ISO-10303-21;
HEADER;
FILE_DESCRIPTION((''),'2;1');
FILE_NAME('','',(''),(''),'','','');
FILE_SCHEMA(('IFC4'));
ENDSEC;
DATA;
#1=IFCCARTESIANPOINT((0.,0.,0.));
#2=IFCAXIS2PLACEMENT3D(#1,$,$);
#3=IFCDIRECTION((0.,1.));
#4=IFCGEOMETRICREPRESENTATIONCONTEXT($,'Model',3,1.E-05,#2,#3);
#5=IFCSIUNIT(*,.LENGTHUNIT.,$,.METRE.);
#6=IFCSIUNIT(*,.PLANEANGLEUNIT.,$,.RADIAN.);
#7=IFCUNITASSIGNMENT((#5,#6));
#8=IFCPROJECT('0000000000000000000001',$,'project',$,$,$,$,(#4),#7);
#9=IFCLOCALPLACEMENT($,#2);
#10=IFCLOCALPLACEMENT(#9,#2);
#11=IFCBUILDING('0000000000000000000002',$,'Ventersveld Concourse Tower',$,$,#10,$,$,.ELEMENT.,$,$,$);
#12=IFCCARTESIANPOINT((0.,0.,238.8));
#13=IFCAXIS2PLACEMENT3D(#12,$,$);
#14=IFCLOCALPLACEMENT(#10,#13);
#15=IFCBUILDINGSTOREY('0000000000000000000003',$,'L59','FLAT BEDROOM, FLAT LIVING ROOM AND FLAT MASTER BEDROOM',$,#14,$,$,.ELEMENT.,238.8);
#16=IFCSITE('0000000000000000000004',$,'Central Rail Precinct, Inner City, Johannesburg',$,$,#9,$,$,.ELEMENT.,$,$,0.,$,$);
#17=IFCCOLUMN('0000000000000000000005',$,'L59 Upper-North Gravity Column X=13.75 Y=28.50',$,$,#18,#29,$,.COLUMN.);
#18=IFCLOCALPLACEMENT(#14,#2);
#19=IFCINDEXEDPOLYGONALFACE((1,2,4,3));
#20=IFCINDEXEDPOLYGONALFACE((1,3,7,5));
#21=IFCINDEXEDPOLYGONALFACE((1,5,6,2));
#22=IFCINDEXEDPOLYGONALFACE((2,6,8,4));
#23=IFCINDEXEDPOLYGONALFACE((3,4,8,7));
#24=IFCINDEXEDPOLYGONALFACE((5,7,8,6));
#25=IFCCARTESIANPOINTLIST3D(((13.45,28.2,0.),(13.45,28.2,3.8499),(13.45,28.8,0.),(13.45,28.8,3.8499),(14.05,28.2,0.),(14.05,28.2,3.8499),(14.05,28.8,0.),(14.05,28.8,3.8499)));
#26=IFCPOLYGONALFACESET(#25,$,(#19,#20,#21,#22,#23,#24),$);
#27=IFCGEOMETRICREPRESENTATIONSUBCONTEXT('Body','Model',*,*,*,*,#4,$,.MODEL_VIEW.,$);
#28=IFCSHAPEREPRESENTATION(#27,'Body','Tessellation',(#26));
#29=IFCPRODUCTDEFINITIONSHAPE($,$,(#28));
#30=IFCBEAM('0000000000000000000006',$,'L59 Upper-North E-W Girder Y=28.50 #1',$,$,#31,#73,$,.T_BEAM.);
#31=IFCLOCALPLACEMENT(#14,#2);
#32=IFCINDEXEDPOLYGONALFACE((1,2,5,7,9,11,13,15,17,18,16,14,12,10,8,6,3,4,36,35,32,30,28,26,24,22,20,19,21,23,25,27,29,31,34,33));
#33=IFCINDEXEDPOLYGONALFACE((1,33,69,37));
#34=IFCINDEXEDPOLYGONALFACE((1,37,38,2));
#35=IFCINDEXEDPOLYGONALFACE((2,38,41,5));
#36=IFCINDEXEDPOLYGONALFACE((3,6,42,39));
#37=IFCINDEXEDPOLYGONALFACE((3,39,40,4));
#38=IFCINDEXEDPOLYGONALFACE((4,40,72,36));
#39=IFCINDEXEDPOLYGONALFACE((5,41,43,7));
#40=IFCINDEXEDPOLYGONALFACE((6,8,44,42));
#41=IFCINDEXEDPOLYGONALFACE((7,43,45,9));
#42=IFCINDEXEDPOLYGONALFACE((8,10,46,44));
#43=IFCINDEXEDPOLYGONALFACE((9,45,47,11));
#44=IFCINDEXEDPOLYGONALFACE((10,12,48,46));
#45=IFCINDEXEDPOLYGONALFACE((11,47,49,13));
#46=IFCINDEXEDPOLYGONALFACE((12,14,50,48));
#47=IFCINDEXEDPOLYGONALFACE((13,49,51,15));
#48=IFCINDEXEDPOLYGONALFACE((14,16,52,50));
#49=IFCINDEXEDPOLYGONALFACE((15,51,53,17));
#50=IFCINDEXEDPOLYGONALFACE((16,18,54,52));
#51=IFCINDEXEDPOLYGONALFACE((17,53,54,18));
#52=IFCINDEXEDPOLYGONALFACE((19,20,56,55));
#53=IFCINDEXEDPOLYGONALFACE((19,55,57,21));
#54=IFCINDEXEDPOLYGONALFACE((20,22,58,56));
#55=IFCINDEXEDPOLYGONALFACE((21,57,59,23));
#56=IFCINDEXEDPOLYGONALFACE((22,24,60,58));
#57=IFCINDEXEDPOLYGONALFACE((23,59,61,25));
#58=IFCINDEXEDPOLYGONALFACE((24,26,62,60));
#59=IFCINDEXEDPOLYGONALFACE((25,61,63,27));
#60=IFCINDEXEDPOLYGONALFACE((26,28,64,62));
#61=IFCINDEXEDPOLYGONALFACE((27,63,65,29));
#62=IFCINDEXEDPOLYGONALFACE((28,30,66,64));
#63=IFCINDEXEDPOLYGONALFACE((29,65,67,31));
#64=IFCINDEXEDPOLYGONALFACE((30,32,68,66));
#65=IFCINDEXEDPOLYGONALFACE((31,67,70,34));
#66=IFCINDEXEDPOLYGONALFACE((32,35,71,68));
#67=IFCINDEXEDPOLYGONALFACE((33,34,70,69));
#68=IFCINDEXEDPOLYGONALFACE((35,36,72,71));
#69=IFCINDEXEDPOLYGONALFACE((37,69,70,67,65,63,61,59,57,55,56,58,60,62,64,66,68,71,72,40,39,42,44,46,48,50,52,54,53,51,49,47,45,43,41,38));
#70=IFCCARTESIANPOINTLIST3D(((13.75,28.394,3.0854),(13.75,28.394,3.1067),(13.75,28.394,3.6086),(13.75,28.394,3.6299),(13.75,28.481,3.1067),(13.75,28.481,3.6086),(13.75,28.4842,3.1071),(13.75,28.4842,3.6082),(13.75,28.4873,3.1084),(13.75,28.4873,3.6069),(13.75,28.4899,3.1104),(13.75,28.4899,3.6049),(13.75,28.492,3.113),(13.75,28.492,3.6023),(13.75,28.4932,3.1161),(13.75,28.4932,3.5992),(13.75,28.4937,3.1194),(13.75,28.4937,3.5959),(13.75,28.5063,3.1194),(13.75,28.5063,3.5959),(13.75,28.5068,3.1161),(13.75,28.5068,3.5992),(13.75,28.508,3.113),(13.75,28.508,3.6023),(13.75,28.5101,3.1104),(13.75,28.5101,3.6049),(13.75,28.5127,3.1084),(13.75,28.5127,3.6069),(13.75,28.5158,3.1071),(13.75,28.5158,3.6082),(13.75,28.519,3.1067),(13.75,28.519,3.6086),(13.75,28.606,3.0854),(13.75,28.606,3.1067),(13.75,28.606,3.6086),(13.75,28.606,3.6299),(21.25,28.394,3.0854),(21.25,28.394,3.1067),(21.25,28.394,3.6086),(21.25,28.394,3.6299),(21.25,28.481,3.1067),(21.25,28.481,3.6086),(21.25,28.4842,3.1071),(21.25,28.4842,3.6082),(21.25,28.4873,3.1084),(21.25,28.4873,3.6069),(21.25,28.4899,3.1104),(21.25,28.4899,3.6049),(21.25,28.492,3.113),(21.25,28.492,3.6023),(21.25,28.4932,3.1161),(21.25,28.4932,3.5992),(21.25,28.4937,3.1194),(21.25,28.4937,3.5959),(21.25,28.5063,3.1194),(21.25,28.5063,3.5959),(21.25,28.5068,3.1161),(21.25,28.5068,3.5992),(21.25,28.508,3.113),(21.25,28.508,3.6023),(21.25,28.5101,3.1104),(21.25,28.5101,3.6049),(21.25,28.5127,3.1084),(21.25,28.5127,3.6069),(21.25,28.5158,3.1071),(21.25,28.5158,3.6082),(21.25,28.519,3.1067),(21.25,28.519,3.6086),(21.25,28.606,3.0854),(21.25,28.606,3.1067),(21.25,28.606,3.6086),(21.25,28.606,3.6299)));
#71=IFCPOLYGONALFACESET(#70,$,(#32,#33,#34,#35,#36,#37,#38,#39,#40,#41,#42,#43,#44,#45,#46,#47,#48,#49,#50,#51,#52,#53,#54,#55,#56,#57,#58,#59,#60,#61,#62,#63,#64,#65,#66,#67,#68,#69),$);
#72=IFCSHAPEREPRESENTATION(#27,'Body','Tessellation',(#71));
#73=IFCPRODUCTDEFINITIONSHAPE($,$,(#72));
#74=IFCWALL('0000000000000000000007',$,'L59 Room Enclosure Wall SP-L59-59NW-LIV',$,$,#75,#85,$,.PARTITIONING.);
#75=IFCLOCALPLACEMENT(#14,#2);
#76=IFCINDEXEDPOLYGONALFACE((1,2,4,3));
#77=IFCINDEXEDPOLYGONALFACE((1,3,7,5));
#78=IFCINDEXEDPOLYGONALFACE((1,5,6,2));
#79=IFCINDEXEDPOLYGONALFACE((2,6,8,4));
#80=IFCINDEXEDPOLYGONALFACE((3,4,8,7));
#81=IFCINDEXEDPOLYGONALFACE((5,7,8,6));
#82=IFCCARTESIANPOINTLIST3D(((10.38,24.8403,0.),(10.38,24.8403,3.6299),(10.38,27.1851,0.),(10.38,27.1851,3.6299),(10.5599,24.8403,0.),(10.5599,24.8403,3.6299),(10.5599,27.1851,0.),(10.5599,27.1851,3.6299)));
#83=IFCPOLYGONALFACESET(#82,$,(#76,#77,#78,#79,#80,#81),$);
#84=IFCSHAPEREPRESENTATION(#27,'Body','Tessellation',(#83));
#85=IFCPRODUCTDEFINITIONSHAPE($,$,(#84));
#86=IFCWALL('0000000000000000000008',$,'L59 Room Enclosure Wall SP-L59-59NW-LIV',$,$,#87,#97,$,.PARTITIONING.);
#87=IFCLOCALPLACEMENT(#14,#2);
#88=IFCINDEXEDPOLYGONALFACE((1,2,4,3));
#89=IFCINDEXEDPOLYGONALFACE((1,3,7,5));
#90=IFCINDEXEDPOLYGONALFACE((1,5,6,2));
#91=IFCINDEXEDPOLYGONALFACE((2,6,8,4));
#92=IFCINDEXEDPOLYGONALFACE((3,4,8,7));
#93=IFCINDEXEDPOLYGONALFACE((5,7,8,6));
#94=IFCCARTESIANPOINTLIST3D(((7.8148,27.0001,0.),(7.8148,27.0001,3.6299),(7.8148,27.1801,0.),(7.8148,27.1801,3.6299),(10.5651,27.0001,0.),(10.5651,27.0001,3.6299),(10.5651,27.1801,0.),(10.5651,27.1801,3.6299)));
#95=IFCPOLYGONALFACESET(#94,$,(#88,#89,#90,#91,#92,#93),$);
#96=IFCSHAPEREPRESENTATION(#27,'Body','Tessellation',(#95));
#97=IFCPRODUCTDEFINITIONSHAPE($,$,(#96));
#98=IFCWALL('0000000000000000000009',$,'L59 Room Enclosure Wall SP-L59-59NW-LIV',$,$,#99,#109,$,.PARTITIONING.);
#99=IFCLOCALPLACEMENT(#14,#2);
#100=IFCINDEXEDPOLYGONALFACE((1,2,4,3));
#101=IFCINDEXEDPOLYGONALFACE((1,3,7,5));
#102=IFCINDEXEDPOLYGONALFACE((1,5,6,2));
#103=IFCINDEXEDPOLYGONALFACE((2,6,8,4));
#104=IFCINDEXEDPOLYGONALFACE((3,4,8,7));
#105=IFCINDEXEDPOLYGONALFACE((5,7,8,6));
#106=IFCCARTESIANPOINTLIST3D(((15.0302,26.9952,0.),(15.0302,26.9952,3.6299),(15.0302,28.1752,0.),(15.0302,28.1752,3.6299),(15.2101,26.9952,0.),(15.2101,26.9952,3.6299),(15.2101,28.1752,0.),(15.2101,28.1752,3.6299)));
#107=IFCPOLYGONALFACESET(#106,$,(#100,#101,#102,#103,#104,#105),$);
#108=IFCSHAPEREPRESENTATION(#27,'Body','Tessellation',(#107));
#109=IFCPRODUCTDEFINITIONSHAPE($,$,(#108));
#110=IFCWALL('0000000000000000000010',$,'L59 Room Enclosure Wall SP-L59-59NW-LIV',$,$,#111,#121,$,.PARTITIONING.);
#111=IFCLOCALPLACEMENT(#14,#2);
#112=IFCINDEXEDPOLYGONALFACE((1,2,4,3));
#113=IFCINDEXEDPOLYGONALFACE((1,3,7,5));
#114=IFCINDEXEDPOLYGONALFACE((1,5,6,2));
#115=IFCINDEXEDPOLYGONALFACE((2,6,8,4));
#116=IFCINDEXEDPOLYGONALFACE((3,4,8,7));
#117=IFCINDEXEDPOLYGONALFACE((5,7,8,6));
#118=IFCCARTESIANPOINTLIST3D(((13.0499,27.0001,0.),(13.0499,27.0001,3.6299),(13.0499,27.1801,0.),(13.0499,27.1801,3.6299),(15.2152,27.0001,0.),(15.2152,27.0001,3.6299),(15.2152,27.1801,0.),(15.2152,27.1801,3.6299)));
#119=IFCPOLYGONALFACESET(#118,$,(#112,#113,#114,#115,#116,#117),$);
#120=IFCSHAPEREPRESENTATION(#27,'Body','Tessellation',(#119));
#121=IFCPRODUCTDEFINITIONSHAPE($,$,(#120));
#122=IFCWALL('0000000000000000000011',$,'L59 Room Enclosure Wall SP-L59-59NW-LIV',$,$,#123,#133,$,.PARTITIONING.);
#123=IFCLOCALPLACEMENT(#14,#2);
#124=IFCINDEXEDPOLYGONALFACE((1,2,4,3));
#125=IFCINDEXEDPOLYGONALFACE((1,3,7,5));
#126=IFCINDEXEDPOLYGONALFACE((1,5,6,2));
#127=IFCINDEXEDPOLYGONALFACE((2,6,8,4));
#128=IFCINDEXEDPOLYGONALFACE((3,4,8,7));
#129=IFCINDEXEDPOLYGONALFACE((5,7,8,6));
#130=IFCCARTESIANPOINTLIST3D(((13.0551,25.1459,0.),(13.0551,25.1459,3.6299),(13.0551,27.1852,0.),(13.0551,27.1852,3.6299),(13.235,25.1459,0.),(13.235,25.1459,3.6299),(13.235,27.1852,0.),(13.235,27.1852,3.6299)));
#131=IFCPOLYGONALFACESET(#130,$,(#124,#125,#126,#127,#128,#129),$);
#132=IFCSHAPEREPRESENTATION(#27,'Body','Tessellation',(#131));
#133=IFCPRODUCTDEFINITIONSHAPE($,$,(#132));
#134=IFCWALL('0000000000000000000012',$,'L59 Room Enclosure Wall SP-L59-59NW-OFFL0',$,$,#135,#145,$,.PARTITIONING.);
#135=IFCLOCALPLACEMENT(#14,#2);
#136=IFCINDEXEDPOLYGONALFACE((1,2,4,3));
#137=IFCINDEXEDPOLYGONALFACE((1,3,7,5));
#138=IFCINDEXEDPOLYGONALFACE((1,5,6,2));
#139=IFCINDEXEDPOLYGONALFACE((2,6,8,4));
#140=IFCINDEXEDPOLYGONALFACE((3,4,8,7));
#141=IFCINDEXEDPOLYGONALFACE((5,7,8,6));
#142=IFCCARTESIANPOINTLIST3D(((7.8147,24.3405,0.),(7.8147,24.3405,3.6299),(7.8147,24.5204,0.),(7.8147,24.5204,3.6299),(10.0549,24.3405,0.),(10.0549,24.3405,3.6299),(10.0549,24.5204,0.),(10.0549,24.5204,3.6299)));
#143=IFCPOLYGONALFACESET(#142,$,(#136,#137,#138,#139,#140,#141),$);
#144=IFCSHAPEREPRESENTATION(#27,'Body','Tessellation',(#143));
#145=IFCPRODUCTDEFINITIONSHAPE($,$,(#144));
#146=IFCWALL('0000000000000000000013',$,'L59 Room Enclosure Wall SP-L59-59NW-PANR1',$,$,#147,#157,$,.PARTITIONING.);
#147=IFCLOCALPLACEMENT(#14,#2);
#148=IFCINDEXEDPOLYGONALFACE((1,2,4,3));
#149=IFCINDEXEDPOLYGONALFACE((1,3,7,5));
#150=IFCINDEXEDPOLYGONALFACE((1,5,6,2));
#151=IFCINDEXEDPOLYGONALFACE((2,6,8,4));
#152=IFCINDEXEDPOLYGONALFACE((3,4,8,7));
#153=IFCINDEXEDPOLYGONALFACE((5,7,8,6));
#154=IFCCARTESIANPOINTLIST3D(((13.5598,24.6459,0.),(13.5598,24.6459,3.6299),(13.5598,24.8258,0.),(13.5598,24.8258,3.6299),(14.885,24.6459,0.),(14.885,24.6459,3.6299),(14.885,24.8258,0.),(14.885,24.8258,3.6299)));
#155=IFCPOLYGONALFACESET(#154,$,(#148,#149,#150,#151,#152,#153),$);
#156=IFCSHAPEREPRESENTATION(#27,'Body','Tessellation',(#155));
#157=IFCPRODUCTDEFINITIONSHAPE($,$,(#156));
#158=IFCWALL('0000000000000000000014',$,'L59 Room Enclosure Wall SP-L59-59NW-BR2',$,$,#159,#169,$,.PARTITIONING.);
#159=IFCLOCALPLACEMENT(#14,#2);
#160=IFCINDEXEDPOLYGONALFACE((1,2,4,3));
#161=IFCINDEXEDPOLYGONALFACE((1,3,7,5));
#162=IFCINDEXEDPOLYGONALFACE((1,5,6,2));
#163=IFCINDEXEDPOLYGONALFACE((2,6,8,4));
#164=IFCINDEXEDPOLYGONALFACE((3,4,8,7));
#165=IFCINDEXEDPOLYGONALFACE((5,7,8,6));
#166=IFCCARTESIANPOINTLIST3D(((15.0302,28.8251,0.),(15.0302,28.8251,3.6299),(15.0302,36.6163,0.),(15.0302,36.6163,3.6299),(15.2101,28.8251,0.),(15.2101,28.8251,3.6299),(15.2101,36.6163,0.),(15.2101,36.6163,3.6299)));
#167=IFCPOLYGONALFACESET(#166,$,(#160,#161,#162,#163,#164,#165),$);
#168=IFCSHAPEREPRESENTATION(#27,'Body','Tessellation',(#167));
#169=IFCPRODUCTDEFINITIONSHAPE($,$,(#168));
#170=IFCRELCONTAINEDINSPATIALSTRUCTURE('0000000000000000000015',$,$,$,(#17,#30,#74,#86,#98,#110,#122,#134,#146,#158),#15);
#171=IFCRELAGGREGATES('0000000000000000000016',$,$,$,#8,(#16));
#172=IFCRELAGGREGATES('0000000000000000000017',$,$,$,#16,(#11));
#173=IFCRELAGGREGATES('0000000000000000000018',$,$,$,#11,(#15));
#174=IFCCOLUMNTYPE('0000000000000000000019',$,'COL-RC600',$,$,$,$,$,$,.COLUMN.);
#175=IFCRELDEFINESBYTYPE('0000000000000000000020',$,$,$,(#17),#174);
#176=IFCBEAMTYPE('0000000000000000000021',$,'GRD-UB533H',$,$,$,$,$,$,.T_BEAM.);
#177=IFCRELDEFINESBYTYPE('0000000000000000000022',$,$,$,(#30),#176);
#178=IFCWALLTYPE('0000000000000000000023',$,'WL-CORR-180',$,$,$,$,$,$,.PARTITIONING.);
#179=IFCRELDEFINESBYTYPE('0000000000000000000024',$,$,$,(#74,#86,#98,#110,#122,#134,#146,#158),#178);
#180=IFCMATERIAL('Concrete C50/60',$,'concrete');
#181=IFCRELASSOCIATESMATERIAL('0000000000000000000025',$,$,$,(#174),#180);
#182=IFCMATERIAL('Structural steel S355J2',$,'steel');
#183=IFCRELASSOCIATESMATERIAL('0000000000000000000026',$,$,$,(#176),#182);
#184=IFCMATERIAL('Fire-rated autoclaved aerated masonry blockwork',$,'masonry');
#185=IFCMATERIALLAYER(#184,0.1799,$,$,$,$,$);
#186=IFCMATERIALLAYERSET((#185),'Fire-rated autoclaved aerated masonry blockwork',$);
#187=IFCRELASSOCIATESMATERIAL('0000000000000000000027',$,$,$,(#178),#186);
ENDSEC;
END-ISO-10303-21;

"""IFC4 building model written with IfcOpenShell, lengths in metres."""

from ifc_helpers import new_model, si_unit, direction, frame, frame_2d, origin, origin_2d, place, context, subcontext, project, spatial, rectangle, i_section, extrude, material, layer, layer_set, material_profile, profile_set, type_object, element, save


model = new_model("IFC4")

# Units and contexts
model_context = context("Model", 3, precision=1e-05, world=origin(), true_north=direction((0.0, 1.0)))
body_context = subcontext(model_context, "Body", "Model", "MODEL_VIEW")
ifc_project = project(units=[si_unit("LENGTHUNIT", "METRE"), si_unit("PLANEANGLEUNIT", "RADIAN")], contexts=[model_context])

# Site, building, storey
site_placement = place(None, origin())
site = spatial("IfcSite", under=ifc_project, at=site_placement, Name="Central Rail Precinct, Inner City, Johannesburg", CompositionType="ELEMENT", RefElevation=0.0)
building_placement = place(site_placement, origin())
building = spatial("IfcBuilding", under=site, at=building_placement, Name="Ventersveld Concourse Tower", CompositionType="ELEMENT")
storey_placement = place(building_placement, frame((0.0, 0.0, 238.8)))
storey = spatial("IfcBuildingStorey", under=building, at=storey_placement, Name="L59", Description="FLAT BEDROOM, FLAT LIVING ROOM AND FLAT MASTER BEDROOM", CompositionType="ELEMENT", Elevation=238.8)

# Column
ifc_material_1 = material(Name="Concrete C50/60", Category="concrete")
ifc_material_profile_1 = material_profile(ifc_material_1, rectangle(XDim=0.6001, YDim=0.6001, at=origin_2d()), Name="RC 600x600")
ifc_profile_set_1 = profile_set([ifc_material_profile_1], Name="Concrete C50/60")
column_type = type_object("IfcColumnType", Name="COL-RC600", PredefinedType="COLUMN", material=ifc_profile_set_1)
column_placement = place(storey_placement, frame((13.75, 28.5, 0.0), z_axis=(0.0, 0.0, 1.0), x_axis=(1.0, 0.0, 0.0)))
element("IfcColumn", 1, at=column_placement, inside=storey, type_object=column_type, Name="L59 Upper-North Gravity Column X=13.75 Y=28.50", PredefinedType="COLUMN", context=body_context, shape_type="SweptSolid", body=[
    extrude(rectangle(XDim=0.6001, YDim=0.6001, at=origin_2d()), origin(), (0.0, 0.0, 1.0), 3.8499),
])

# Beam
ifc_material_2 = material(Name="Structural steel S355J2", Category="steel")
ifc_material_profile_2 = material_profile(ifc_material_2, i_section(OverallWidth=0.2119, OverallDepth=0.5444, WebThickness=0.0127, FlangeThickness=0.0212, FilletRadius=0.0127, at=origin_2d()), Name="UB 533x210x122")
ifc_profile_set_2 = profile_set([ifc_material_profile_2], Name="Structural steel S355J2")
beam_type = type_object("IfcBeamType", Name="GRD-UB533H", PredefinedType="T_BEAM", material=ifc_profile_set_2)
beam_placement = place(storey_placement, frame((13.75, 28.5, 3.3577), z_axis=(1.0, 0.0, 0.0), x_axis=(0.0, 1.0, 0.0)))
element("IfcBeam", 2, at=beam_placement, inside=storey, type_object=beam_type, Name="L59 Upper-North E-W Girder Y=28.50 #1", PredefinedType="T_BEAM", context=body_context, shape_type="SweptSolid", body=[
    extrude(i_section(OverallWidth=0.2119, OverallDepth=0.5444, WebThickness=0.0127, FlangeThickness=0.0212, FilletRadius=0.0127, at=origin_2d()), origin(), (0.0, 0.0, 1.0), 7.5),
])

# Walls
ifc_material_3 = material(Name="Fire-rated autoclaved aerated masonry blockwork", Category="masonry")
ifc_layer_1 = layer(ifc_material_3, 0.1799)
ifc_layer_set_1 = layer_set([ifc_layer_1], Name="Fire-rated autoclaved aerated masonry blockwork")
wall_type_1 = type_object("IfcWallType", Name="WL-CORR-180", PredefinedType="PARTITIONING", material=ifc_layer_set_1)
wall_1_placement = place(storey_placement, frame((10.47, 24.8403, 0.0), z_axis=(0.0, 0.0, 1.0), x_axis=(0.0, 1.0, 0.0)))
element("IfcWall", 3, at=wall_1_placement, inside=storey, type_object=wall_type_1, Name="L59 Room Enclosure Wall SP-L59-59NW-LIV", PredefinedType="PARTITIONING", context=body_context, shape_type="SweptSolid", body=[
    extrude(rectangle(XDim=2.3447, YDim=0.1799, at=frame_2d((1.1724, 0.0))), origin(), (0.0, 0.0, 1.0), 3.6299),
])
wall_2_placement = place(storey_placement, frame((10.5649, 27.0901, 0.0), z_axis=(0.0, 0.0, 1.0), x_axis=(-1.0, 0.0, 0.0)))
element("IfcWall", 4, at=wall_2_placement, inside=storey, type_object=wall_type_1, Name="L59 Room Enclosure Wall SP-L59-59NW-LIV", PredefinedType="PARTITIONING", context=body_context, shape_type="SweptSolid", body=[
    extrude(rectangle(XDim=2.7502, YDim=0.1799, at=frame_2d((1.375, 0.0))), origin(), (0.0, 0.0, 1.0), 3.6299),
])
wall_3_placement = place(storey_placement, frame((15.1201, 28.175, 0.0), z_axis=(0.0, 0.0, 1.0), x_axis=(0.0, -1.0, 0.0)))
element("IfcWall", 5, at=wall_3_placement, inside=storey, type_object=wall_type_1, Name="L59 Room Enclosure Wall SP-L59-59NW-LIV", PredefinedType="PARTITIONING", context=body_context, shape_type="SweptSolid", body=[
    extrude(rectangle(XDim=1.1799, YDim=0.1799, at=frame_2d((0.5898, 0.0))), origin(), (0.0, 0.0, 1.0), 3.6299),
])
wall_4_placement = place(storey_placement, frame((15.2151, 27.0901, 0.0), z_axis=(0.0, 0.0, 1.0), x_axis=(-1.0, 0.0, 0.0)))
element("IfcWall", 6, at=wall_4_placement, inside=storey, type_object=wall_type_1, Name="L59 Room Enclosure Wall SP-L59-59NW-LIV", PredefinedType="PARTITIONING", context=body_context, shape_type="SweptSolid", body=[
    extrude(rectangle(XDim=2.1653, YDim=0.1799, at=frame_2d((1.0825, 0.0))), origin(), (0.0, 0.0, 1.0), 3.6299),
])
wall_5_placement = place(storey_placement, frame((13.145, 27.1851, 0.0), z_axis=(0.0, 0.0, 1.0), x_axis=(0.0, -1.0, 0.0)))
element("IfcWall", 7, at=wall_5_placement, inside=storey, type_object=wall_type_1, Name="L59 Room Enclosure Wall SP-L59-59NW-LIV", PredefinedType="PARTITIONING", context=body_context, shape_type="SweptSolid", body=[
    extrude(rectangle(XDim=2.0393, YDim=0.1799, at=frame_2d((1.0195, 0.0))), origin(), (0.0, 0.0, 1.0), 3.6299),
])
wall_6_placement = place(storey_placement, frame((7.8147, 24.4304, 0.0), z_axis=(0.0, 0.0, 1.0), x_axis=(1.0, 0.0, 0.0)))
element("IfcWall", 8, at=wall_6_placement, inside=storey, type_object=wall_type_1, Name="L59 Room Enclosure Wall SP-L59-59NW-OFFL0", PredefinedType="PARTITIONING", context=body_context, shape_type="SweptSolid", body=[
    extrude(rectangle(XDim=2.2402, YDim=0.1799, at=frame_2d((1.1201, 0.0))), origin(), (0.0, 0.0, 1.0), 3.6299),
])
wall_7_placement = place(storey_placement, frame((13.5598, 24.7358, 0.0), z_axis=(0.0, 0.0, 1.0), x_axis=(1.0, 0.0, 0.0)))
element("IfcWall", 9, at=wall_7_placement, inside=storey, type_object=wall_type_1, Name="L59 Room Enclosure Wall SP-L59-59NW-PANR1", PredefinedType="PARTITIONING", context=body_context, shape_type="SweptSolid", body=[
    extrude(rectangle(XDim=1.3252, YDim=0.1799, at=frame_2d((0.6626, 0.0))), origin(), (0.0, 0.0, 1.0), 3.6299),
])
wall_8_placement = place(storey_placement, frame((15.1201, 36.6162, 0.0), z_axis=(0.0, 0.0, 1.0), x_axis=(0.0, -1.0, 0.0)))
element("IfcWall", 10, at=wall_8_placement, inside=storey, type_object=wall_type_1, Name="L59 Room Enclosure Wall SP-L59-59NW-BR2", PredefinedType="PARTITIONING", context=body_context, shape_type="SweptSolid", body=[
    extrude(rectangle(XDim=7.7913, YDim=0.1799, at=frame_2d((3.8955, 0.0))), origin(), (0.0, 0.0, 1.0), 3.6299),
])

save(model, "model.ifc")
